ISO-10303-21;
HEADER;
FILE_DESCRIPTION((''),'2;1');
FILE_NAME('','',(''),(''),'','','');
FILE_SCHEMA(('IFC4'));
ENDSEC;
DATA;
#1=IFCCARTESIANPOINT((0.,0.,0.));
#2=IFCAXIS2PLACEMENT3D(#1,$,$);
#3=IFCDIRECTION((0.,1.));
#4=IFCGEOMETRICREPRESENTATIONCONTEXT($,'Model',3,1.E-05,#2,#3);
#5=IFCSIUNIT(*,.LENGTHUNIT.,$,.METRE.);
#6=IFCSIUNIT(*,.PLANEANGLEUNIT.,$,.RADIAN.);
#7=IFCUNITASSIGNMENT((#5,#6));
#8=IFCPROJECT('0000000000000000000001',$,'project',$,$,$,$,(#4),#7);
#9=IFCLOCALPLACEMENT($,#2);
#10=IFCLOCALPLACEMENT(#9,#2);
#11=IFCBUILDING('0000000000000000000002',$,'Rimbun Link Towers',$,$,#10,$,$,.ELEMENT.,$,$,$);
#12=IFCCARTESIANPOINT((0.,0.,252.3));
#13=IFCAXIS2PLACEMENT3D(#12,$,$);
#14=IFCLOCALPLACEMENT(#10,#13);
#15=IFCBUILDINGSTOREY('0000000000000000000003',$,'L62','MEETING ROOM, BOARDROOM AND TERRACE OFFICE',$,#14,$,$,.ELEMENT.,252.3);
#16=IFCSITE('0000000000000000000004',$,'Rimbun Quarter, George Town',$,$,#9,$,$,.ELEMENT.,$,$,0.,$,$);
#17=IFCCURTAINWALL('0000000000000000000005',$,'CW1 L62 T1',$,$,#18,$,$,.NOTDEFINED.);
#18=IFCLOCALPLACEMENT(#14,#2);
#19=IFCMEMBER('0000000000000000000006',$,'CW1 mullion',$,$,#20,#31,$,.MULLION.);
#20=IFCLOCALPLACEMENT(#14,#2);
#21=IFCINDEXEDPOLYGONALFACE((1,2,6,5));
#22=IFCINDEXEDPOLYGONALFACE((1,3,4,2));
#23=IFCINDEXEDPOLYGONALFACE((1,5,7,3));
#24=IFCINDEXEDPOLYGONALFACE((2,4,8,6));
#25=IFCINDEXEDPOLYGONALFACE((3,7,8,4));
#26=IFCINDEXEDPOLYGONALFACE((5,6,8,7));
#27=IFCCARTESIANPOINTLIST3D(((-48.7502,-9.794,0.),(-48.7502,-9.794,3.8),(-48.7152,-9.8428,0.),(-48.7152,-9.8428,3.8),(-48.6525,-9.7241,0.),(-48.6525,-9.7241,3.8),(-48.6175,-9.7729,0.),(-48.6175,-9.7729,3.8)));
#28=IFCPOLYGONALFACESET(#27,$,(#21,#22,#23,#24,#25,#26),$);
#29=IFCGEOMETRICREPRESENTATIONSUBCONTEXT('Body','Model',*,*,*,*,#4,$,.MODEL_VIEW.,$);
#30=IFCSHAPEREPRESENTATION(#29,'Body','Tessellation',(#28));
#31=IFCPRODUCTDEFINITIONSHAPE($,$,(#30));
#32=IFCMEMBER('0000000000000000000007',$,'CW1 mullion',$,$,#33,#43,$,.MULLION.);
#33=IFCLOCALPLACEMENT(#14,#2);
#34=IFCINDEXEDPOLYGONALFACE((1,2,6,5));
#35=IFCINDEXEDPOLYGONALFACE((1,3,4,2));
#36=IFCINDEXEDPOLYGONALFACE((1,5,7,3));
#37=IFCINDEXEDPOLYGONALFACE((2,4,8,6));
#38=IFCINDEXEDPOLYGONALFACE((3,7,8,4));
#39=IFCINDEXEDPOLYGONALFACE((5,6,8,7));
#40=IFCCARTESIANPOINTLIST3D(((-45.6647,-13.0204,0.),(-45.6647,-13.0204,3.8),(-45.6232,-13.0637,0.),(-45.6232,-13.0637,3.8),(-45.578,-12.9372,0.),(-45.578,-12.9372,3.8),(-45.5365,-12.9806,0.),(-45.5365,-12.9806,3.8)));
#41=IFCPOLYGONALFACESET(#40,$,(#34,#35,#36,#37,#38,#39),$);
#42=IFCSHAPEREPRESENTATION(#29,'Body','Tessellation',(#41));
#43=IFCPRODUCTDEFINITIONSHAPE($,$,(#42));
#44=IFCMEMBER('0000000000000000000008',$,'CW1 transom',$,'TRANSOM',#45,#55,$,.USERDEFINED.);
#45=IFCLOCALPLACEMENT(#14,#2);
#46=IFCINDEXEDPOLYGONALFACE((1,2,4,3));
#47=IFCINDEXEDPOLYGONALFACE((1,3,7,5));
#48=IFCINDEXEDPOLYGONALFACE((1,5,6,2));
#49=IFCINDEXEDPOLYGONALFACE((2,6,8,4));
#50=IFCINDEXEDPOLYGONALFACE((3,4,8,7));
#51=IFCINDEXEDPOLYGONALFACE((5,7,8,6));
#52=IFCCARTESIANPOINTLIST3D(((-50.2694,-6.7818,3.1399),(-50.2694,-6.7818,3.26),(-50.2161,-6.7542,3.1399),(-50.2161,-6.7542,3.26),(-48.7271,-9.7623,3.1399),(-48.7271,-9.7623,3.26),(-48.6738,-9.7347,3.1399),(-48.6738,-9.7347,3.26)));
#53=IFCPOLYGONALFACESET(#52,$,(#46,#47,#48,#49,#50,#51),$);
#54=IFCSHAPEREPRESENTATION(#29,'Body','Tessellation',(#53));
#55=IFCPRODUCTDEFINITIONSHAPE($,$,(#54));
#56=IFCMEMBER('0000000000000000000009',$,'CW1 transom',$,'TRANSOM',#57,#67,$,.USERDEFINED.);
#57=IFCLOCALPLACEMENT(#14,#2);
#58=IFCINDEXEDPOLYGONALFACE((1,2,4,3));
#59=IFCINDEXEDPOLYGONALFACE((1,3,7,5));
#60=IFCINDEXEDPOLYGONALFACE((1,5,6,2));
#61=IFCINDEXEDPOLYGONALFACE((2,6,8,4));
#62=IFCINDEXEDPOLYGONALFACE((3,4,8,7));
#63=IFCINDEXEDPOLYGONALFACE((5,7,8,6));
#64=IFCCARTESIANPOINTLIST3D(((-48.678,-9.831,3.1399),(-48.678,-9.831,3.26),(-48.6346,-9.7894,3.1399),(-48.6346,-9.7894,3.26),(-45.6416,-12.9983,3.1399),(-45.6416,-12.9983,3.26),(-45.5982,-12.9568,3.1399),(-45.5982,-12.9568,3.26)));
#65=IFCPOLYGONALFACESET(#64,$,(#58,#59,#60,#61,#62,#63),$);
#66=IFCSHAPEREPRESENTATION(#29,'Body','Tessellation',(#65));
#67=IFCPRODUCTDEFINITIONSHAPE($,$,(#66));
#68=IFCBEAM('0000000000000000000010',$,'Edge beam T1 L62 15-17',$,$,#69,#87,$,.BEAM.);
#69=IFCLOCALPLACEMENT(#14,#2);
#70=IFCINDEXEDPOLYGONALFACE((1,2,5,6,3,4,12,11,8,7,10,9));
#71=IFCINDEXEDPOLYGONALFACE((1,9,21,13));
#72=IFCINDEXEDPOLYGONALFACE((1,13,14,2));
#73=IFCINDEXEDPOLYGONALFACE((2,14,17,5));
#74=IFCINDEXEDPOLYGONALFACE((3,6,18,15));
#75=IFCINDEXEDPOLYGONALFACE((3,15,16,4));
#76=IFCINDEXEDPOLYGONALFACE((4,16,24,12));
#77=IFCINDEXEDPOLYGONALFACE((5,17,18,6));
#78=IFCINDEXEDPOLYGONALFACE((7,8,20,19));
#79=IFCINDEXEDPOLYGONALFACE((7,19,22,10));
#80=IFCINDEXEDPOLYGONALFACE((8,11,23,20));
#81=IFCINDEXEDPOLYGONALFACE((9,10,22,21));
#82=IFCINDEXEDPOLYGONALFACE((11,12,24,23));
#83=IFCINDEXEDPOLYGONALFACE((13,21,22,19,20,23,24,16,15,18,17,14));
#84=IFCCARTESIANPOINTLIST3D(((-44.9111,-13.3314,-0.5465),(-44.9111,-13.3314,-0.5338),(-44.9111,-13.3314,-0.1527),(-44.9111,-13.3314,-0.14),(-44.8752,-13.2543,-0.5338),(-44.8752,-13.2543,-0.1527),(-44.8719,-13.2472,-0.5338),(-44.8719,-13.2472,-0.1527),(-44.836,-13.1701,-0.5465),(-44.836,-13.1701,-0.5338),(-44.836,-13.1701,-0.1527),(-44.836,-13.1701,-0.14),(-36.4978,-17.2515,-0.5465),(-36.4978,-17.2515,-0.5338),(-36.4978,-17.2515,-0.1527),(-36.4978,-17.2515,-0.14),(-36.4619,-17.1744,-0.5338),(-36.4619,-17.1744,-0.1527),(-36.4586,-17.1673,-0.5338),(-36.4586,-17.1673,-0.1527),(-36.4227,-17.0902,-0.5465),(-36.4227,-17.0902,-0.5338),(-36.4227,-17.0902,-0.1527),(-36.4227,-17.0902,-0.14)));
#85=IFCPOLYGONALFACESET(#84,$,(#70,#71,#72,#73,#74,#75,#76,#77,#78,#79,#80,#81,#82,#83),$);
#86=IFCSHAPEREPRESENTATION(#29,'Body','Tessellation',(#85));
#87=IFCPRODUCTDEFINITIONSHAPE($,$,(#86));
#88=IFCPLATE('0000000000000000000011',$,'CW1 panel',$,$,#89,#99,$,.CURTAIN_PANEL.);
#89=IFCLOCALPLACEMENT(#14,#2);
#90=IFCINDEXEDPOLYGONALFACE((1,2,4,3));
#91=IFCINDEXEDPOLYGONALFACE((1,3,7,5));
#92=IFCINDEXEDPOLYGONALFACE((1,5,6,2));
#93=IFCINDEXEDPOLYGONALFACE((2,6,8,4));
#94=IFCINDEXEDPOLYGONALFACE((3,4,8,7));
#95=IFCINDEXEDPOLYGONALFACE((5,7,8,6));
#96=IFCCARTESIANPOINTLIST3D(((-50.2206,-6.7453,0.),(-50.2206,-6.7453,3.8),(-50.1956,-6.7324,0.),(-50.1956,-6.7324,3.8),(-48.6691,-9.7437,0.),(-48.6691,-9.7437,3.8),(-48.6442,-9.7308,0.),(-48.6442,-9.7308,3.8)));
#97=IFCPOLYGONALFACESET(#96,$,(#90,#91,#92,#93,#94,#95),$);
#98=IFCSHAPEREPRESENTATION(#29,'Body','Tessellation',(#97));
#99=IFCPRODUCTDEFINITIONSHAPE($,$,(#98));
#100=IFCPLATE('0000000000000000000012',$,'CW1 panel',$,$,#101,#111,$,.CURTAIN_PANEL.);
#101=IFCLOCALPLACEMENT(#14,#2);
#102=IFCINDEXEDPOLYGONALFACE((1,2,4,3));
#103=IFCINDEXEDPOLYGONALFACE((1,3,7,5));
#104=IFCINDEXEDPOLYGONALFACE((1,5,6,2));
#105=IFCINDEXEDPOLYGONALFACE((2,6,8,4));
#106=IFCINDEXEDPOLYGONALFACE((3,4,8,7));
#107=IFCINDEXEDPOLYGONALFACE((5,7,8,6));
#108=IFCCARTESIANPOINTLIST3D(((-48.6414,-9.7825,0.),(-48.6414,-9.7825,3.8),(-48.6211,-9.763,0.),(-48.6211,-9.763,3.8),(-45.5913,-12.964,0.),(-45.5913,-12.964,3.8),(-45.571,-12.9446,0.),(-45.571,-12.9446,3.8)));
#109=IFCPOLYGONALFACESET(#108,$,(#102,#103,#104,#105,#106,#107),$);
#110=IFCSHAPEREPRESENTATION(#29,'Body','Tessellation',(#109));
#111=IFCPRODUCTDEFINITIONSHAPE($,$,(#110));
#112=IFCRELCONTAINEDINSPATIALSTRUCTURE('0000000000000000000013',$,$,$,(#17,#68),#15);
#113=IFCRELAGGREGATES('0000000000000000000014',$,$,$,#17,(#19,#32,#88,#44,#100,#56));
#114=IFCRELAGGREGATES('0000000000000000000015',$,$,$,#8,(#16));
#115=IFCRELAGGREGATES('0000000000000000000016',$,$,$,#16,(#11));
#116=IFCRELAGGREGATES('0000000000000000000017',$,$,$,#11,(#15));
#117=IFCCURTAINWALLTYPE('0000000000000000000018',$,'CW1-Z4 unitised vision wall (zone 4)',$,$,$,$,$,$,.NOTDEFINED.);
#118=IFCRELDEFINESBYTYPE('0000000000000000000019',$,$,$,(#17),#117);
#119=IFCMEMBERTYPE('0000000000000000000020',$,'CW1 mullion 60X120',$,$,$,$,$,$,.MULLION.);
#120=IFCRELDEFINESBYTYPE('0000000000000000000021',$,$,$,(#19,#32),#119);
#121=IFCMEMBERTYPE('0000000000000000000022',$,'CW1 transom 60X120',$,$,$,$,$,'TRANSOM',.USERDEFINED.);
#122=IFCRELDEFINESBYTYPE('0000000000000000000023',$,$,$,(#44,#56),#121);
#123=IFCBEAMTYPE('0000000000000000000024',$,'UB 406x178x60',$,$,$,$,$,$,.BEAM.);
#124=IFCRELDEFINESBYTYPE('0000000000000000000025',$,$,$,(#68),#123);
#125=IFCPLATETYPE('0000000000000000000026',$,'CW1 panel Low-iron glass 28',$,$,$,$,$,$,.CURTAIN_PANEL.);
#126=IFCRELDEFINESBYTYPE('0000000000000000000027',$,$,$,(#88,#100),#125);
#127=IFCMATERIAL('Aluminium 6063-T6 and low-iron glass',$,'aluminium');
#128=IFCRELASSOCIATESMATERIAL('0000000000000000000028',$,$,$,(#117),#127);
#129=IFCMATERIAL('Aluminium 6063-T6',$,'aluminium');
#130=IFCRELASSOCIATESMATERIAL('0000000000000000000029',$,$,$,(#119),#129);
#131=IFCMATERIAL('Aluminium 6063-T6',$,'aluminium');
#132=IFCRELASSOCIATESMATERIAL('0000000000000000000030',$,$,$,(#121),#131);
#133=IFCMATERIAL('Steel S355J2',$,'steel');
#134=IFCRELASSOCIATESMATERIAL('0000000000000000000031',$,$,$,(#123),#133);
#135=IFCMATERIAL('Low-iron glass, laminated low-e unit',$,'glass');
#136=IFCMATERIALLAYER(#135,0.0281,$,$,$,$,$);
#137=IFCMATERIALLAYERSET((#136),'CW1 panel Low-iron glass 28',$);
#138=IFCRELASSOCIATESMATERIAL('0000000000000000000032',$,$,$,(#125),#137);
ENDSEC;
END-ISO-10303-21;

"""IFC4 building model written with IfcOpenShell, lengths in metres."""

from ifc_helpers import new_model, si_unit, direction, frame, origin, origin_2d, place, context, subcontext, project, spatial, rectangle, i_section, extrude, material, layer, layer_set, material_profile, profile_set, type_object, element, aggregate, save


model = new_model("IFC4")

# Units and contexts
model_context = context("Model", 3, precision=1e-05, world=origin(), true_north=direction((0.0, 1.0)))
body_context = subcontext(model_context, "Body", "Model", "MODEL_VIEW")
ifc_project = project(units=[si_unit("LENGTHUNIT", "METRE"), si_unit("PLANEANGLEUNIT", "RADIAN")], contexts=[model_context])

# Site, building, storey
site_placement = place(None, origin())
site = spatial("IfcSite", under=ifc_project, at=site_placement, Name="Rimbun Quarter, George Town", CompositionType="ELEMENT", RefElevation=0.0)
building_placement = place(site_placement, origin())
building = spatial("IfcBuilding", under=site, at=building_placement, Name="Rimbun Link Towers", CompositionType="ELEMENT")
storey_placement = place(building_placement, frame((0.0, 0.0, 252.3)))
storey = spatial("IfcBuildingStorey", under=building, at=storey_placement, Name="L62", Description="MEETING ROOM, BOARDROOM AND TERRACE OFFICE", CompositionType="ELEMENT", Elevation=252.3)

# Curtain wall, members
ifc_material_1 = material(Name="Aluminium 6063-T6 and low-iron glass", Category="aluminium")
curtain_wall_type = type_object("IfcCurtainWallType", Name="CW1-Z4 unitised vision wall (zone 4)", PredefinedType="NOTDEFINED", material=ifc_material_1)
curtain_wall_placement = place(storey_placement, origin())
curtain_wall = element("IfcCurtainWall", 1, at=curtain_wall_placement, inside=storey, type_object=curtain_wall_type, Name="CW1 L62 T1", PredefinedType="NOTDEFINED")
ifc_material_2 = material(Name="Aluminium 6063-T6", Category="aluminium")
ifc_material_profile_1 = material_profile(ifc_material_2, rectangle(XDim=0.1201, YDim=0.0601, at=origin_2d()), Name="MULLION 60X120")
ifc_profile_set_1 = profile_set([ifc_material_profile_1], Name="Aluminium 6063-T6")
member_type_1 = type_object("IfcMemberType", Name="CW1 mullion 60X120", PredefinedType="MULLION", material=ifc_profile_set_1)
member_1_placement = place(storey_placement, frame((-48.6838, -9.7834, 0.0), z_axis=(0.0, 0.0, 1.0), x_axis=(-0.813354, -0.581769, 0.0)))
member_1 = element("IfcMember", 2, at=member_1_placement, type_object=member_type_1, Name="CW1 mullion", PredefinedType="MULLION", context=body_context, shape_type="SweptSolid", body=[
    extrude(rectangle(XDim=0.1201, YDim=0.0601, at=origin_2d()), origin(), (0.0, 0.0, 1.0), 3.8),
])
member_2_placement = place(storey_placement, frame((-45.6006, -13.0005, 0.0), z_axis=(0.0, 0.0, 1.0), x_axis=(-0.721858, -0.692041, 0.0)))
member_2 = element("IfcMember", 3, at=member_2_placement, type_object=member_type_1, Name="CW1 mullion", PredefinedType="MULLION", context=body_context, shape_type="SweptSolid", body=[
    extrude(rectangle(XDim=0.1201, YDim=0.0601, at=origin_2d()), origin(), (0.0, 0.0, 1.0), 3.8),
])
ifc_material_3 = material(Name="Aluminium 6063-T6", Category="aluminium")
ifc_material_profile_2 = material_profile(ifc_material_3, rectangle(XDim=0.0601, YDim=0.1201, at=origin_2d()), Name="TRANSOM 60X120")
ifc_profile_set_2 = profile_set([ifc_material_profile_2], Name="Aluminium 6063-T6")
member_type_2 = type_object("IfcMemberType", Name="CW1 transom 60X120", ElementType="TRANSOM", PredefinedType="USERDEFINED", material=ifc_profile_set_2)
member_3_placement = place(storey_placement, frame((-48.7004, -9.7485, 3.2), z_axis=(-0.459567, 0.888143, 0.0), x_axis=(-0.888143, -0.459567, 0.0)))
member_3 = element("IfcMember", 4, at=member_3_placement, type_object=member_type_2, Name="CW1 transom", ObjectType="TRANSOM", PredefinedType="USERDEFINED", context=body_context, shape_type="SweptSolid", body=[
    extrude(rectangle(XDim=0.0601, YDim=0.1201, at=origin_2d()), origin(), (0.0, 0.0, 1.0), 3.356),
])
member_4_placement = place(storey_placement, frame((-45.6199, -12.9775, 3.2), z_axis=(-0.692037, 0.721862, 0.0), x_axis=(-0.721862, -0.692037, 0.0)))
member_4 = element("IfcMember", 5, at=member_4_placement, type_object=member_type_2, Name="CW1 transom", ObjectType="TRANSOM", PredefinedType="USERDEFINED", context=body_context, shape_type="SweptSolid", body=[
    extrude(rectangle(XDim=0.0601, YDim=0.1201, at=origin_2d()), origin(), (0.0, 0.0, 1.0), 4.3877),
])

# Beam
ifc_material_4 = material(Name="Steel S355J2", Category="steel")
ifc_material_profile_3 = material_profile(ifc_material_4, i_section(OverallWidth=0.178, OverallDepth=0.4065, WebThickness=0.0078, FlangeThickness=0.0127, at=origin_2d()), Name="UB 406x178x60")
ifc_profile_set_3 = profile_set([ifc_material_profile_3], Name="Steel S355J2")
beam_type = type_object("IfcBeamType", Name="UB 406x178x60", PredefinedType="BEAM", material=ifc_profile_set_3)
beam_placement = place(storey_placement, frame((-44.8735, -13.2507, -0.3433), z_axis=(0.906433, -0.42235, 0.0), x_axis=(0.42235, 0.906433, 0.0)))
element("IfcBeam", 6, at=beam_placement, inside=storey, type_object=beam_type, Name="Edge beam T1 L62 15-17", PredefinedType="BEAM", context=body_context, shape_type="SweptSolid", body=[
    extrude(i_section(OverallWidth=0.178, OverallDepth=0.4065, WebThickness=0.0078, FlangeThickness=0.0127, at=origin_2d()), origin(), (0.0, 0.0, 1.0), 9.2817),
])

# Plates
ifc_material_5 = material(Name="Low-iron glass, laminated low-e unit", Category="glass")
ifc_layer_1 = layer(ifc_material_5, 0.0281)
ifc_layer_set_1 = layer_set([ifc_layer_1], Name="CW1 panel Low-iron glass 28")
plate_type = type_object("IfcPlateType", Name="CW1 panel Low-iron glass 28", PredefinedType="CURTAIN_PANEL", material=ifc_layer_set_1)
plate_1_placement = place(storey_placement, frame((-49.4324, -8.238, 0.0), z_axis=(0.0, 0.0, 1.0), x_axis=(-0.459552, 0.888151, 0.0)))
plate_1 = element("IfcPlate", 7, at=plate_1_placement, type_object=plate_type, Name="CW1 panel", PredefinedType="CURTAIN_PANEL", context=body_context, shape_type="SweptSolid", body=[
    extrude(rectangle(XDim=3.376, YDim=0.0281, at=origin_2d()), origin(), (0.0, 0.0, 1.0), 3.8),
])
plate_2_placement = place(storey_placement, frame((-47.1062, -11.3635, 0.0), z_axis=(0.0, 0.0, 1.0), x_axis=(-0.692041, 0.721858, 0.0)))
plate_2 = element("IfcPlate", 8, at=plate_2_placement, type_object=plate_type, Name="CW1 panel", PredefinedType="CURTAIN_PANEL", context=body_context, shape_type="SweptSolid", body=[
    extrude(rectangle(XDim=4.4075, YDim=0.0281, at=origin_2d()), origin(), (0.0, 0.0, 1.0), 3.8),
])
aggregate(curtain_wall, [member_1, member_2, plate_1, member_3, plate_2, member_4])

save(model, "model.ifc")
